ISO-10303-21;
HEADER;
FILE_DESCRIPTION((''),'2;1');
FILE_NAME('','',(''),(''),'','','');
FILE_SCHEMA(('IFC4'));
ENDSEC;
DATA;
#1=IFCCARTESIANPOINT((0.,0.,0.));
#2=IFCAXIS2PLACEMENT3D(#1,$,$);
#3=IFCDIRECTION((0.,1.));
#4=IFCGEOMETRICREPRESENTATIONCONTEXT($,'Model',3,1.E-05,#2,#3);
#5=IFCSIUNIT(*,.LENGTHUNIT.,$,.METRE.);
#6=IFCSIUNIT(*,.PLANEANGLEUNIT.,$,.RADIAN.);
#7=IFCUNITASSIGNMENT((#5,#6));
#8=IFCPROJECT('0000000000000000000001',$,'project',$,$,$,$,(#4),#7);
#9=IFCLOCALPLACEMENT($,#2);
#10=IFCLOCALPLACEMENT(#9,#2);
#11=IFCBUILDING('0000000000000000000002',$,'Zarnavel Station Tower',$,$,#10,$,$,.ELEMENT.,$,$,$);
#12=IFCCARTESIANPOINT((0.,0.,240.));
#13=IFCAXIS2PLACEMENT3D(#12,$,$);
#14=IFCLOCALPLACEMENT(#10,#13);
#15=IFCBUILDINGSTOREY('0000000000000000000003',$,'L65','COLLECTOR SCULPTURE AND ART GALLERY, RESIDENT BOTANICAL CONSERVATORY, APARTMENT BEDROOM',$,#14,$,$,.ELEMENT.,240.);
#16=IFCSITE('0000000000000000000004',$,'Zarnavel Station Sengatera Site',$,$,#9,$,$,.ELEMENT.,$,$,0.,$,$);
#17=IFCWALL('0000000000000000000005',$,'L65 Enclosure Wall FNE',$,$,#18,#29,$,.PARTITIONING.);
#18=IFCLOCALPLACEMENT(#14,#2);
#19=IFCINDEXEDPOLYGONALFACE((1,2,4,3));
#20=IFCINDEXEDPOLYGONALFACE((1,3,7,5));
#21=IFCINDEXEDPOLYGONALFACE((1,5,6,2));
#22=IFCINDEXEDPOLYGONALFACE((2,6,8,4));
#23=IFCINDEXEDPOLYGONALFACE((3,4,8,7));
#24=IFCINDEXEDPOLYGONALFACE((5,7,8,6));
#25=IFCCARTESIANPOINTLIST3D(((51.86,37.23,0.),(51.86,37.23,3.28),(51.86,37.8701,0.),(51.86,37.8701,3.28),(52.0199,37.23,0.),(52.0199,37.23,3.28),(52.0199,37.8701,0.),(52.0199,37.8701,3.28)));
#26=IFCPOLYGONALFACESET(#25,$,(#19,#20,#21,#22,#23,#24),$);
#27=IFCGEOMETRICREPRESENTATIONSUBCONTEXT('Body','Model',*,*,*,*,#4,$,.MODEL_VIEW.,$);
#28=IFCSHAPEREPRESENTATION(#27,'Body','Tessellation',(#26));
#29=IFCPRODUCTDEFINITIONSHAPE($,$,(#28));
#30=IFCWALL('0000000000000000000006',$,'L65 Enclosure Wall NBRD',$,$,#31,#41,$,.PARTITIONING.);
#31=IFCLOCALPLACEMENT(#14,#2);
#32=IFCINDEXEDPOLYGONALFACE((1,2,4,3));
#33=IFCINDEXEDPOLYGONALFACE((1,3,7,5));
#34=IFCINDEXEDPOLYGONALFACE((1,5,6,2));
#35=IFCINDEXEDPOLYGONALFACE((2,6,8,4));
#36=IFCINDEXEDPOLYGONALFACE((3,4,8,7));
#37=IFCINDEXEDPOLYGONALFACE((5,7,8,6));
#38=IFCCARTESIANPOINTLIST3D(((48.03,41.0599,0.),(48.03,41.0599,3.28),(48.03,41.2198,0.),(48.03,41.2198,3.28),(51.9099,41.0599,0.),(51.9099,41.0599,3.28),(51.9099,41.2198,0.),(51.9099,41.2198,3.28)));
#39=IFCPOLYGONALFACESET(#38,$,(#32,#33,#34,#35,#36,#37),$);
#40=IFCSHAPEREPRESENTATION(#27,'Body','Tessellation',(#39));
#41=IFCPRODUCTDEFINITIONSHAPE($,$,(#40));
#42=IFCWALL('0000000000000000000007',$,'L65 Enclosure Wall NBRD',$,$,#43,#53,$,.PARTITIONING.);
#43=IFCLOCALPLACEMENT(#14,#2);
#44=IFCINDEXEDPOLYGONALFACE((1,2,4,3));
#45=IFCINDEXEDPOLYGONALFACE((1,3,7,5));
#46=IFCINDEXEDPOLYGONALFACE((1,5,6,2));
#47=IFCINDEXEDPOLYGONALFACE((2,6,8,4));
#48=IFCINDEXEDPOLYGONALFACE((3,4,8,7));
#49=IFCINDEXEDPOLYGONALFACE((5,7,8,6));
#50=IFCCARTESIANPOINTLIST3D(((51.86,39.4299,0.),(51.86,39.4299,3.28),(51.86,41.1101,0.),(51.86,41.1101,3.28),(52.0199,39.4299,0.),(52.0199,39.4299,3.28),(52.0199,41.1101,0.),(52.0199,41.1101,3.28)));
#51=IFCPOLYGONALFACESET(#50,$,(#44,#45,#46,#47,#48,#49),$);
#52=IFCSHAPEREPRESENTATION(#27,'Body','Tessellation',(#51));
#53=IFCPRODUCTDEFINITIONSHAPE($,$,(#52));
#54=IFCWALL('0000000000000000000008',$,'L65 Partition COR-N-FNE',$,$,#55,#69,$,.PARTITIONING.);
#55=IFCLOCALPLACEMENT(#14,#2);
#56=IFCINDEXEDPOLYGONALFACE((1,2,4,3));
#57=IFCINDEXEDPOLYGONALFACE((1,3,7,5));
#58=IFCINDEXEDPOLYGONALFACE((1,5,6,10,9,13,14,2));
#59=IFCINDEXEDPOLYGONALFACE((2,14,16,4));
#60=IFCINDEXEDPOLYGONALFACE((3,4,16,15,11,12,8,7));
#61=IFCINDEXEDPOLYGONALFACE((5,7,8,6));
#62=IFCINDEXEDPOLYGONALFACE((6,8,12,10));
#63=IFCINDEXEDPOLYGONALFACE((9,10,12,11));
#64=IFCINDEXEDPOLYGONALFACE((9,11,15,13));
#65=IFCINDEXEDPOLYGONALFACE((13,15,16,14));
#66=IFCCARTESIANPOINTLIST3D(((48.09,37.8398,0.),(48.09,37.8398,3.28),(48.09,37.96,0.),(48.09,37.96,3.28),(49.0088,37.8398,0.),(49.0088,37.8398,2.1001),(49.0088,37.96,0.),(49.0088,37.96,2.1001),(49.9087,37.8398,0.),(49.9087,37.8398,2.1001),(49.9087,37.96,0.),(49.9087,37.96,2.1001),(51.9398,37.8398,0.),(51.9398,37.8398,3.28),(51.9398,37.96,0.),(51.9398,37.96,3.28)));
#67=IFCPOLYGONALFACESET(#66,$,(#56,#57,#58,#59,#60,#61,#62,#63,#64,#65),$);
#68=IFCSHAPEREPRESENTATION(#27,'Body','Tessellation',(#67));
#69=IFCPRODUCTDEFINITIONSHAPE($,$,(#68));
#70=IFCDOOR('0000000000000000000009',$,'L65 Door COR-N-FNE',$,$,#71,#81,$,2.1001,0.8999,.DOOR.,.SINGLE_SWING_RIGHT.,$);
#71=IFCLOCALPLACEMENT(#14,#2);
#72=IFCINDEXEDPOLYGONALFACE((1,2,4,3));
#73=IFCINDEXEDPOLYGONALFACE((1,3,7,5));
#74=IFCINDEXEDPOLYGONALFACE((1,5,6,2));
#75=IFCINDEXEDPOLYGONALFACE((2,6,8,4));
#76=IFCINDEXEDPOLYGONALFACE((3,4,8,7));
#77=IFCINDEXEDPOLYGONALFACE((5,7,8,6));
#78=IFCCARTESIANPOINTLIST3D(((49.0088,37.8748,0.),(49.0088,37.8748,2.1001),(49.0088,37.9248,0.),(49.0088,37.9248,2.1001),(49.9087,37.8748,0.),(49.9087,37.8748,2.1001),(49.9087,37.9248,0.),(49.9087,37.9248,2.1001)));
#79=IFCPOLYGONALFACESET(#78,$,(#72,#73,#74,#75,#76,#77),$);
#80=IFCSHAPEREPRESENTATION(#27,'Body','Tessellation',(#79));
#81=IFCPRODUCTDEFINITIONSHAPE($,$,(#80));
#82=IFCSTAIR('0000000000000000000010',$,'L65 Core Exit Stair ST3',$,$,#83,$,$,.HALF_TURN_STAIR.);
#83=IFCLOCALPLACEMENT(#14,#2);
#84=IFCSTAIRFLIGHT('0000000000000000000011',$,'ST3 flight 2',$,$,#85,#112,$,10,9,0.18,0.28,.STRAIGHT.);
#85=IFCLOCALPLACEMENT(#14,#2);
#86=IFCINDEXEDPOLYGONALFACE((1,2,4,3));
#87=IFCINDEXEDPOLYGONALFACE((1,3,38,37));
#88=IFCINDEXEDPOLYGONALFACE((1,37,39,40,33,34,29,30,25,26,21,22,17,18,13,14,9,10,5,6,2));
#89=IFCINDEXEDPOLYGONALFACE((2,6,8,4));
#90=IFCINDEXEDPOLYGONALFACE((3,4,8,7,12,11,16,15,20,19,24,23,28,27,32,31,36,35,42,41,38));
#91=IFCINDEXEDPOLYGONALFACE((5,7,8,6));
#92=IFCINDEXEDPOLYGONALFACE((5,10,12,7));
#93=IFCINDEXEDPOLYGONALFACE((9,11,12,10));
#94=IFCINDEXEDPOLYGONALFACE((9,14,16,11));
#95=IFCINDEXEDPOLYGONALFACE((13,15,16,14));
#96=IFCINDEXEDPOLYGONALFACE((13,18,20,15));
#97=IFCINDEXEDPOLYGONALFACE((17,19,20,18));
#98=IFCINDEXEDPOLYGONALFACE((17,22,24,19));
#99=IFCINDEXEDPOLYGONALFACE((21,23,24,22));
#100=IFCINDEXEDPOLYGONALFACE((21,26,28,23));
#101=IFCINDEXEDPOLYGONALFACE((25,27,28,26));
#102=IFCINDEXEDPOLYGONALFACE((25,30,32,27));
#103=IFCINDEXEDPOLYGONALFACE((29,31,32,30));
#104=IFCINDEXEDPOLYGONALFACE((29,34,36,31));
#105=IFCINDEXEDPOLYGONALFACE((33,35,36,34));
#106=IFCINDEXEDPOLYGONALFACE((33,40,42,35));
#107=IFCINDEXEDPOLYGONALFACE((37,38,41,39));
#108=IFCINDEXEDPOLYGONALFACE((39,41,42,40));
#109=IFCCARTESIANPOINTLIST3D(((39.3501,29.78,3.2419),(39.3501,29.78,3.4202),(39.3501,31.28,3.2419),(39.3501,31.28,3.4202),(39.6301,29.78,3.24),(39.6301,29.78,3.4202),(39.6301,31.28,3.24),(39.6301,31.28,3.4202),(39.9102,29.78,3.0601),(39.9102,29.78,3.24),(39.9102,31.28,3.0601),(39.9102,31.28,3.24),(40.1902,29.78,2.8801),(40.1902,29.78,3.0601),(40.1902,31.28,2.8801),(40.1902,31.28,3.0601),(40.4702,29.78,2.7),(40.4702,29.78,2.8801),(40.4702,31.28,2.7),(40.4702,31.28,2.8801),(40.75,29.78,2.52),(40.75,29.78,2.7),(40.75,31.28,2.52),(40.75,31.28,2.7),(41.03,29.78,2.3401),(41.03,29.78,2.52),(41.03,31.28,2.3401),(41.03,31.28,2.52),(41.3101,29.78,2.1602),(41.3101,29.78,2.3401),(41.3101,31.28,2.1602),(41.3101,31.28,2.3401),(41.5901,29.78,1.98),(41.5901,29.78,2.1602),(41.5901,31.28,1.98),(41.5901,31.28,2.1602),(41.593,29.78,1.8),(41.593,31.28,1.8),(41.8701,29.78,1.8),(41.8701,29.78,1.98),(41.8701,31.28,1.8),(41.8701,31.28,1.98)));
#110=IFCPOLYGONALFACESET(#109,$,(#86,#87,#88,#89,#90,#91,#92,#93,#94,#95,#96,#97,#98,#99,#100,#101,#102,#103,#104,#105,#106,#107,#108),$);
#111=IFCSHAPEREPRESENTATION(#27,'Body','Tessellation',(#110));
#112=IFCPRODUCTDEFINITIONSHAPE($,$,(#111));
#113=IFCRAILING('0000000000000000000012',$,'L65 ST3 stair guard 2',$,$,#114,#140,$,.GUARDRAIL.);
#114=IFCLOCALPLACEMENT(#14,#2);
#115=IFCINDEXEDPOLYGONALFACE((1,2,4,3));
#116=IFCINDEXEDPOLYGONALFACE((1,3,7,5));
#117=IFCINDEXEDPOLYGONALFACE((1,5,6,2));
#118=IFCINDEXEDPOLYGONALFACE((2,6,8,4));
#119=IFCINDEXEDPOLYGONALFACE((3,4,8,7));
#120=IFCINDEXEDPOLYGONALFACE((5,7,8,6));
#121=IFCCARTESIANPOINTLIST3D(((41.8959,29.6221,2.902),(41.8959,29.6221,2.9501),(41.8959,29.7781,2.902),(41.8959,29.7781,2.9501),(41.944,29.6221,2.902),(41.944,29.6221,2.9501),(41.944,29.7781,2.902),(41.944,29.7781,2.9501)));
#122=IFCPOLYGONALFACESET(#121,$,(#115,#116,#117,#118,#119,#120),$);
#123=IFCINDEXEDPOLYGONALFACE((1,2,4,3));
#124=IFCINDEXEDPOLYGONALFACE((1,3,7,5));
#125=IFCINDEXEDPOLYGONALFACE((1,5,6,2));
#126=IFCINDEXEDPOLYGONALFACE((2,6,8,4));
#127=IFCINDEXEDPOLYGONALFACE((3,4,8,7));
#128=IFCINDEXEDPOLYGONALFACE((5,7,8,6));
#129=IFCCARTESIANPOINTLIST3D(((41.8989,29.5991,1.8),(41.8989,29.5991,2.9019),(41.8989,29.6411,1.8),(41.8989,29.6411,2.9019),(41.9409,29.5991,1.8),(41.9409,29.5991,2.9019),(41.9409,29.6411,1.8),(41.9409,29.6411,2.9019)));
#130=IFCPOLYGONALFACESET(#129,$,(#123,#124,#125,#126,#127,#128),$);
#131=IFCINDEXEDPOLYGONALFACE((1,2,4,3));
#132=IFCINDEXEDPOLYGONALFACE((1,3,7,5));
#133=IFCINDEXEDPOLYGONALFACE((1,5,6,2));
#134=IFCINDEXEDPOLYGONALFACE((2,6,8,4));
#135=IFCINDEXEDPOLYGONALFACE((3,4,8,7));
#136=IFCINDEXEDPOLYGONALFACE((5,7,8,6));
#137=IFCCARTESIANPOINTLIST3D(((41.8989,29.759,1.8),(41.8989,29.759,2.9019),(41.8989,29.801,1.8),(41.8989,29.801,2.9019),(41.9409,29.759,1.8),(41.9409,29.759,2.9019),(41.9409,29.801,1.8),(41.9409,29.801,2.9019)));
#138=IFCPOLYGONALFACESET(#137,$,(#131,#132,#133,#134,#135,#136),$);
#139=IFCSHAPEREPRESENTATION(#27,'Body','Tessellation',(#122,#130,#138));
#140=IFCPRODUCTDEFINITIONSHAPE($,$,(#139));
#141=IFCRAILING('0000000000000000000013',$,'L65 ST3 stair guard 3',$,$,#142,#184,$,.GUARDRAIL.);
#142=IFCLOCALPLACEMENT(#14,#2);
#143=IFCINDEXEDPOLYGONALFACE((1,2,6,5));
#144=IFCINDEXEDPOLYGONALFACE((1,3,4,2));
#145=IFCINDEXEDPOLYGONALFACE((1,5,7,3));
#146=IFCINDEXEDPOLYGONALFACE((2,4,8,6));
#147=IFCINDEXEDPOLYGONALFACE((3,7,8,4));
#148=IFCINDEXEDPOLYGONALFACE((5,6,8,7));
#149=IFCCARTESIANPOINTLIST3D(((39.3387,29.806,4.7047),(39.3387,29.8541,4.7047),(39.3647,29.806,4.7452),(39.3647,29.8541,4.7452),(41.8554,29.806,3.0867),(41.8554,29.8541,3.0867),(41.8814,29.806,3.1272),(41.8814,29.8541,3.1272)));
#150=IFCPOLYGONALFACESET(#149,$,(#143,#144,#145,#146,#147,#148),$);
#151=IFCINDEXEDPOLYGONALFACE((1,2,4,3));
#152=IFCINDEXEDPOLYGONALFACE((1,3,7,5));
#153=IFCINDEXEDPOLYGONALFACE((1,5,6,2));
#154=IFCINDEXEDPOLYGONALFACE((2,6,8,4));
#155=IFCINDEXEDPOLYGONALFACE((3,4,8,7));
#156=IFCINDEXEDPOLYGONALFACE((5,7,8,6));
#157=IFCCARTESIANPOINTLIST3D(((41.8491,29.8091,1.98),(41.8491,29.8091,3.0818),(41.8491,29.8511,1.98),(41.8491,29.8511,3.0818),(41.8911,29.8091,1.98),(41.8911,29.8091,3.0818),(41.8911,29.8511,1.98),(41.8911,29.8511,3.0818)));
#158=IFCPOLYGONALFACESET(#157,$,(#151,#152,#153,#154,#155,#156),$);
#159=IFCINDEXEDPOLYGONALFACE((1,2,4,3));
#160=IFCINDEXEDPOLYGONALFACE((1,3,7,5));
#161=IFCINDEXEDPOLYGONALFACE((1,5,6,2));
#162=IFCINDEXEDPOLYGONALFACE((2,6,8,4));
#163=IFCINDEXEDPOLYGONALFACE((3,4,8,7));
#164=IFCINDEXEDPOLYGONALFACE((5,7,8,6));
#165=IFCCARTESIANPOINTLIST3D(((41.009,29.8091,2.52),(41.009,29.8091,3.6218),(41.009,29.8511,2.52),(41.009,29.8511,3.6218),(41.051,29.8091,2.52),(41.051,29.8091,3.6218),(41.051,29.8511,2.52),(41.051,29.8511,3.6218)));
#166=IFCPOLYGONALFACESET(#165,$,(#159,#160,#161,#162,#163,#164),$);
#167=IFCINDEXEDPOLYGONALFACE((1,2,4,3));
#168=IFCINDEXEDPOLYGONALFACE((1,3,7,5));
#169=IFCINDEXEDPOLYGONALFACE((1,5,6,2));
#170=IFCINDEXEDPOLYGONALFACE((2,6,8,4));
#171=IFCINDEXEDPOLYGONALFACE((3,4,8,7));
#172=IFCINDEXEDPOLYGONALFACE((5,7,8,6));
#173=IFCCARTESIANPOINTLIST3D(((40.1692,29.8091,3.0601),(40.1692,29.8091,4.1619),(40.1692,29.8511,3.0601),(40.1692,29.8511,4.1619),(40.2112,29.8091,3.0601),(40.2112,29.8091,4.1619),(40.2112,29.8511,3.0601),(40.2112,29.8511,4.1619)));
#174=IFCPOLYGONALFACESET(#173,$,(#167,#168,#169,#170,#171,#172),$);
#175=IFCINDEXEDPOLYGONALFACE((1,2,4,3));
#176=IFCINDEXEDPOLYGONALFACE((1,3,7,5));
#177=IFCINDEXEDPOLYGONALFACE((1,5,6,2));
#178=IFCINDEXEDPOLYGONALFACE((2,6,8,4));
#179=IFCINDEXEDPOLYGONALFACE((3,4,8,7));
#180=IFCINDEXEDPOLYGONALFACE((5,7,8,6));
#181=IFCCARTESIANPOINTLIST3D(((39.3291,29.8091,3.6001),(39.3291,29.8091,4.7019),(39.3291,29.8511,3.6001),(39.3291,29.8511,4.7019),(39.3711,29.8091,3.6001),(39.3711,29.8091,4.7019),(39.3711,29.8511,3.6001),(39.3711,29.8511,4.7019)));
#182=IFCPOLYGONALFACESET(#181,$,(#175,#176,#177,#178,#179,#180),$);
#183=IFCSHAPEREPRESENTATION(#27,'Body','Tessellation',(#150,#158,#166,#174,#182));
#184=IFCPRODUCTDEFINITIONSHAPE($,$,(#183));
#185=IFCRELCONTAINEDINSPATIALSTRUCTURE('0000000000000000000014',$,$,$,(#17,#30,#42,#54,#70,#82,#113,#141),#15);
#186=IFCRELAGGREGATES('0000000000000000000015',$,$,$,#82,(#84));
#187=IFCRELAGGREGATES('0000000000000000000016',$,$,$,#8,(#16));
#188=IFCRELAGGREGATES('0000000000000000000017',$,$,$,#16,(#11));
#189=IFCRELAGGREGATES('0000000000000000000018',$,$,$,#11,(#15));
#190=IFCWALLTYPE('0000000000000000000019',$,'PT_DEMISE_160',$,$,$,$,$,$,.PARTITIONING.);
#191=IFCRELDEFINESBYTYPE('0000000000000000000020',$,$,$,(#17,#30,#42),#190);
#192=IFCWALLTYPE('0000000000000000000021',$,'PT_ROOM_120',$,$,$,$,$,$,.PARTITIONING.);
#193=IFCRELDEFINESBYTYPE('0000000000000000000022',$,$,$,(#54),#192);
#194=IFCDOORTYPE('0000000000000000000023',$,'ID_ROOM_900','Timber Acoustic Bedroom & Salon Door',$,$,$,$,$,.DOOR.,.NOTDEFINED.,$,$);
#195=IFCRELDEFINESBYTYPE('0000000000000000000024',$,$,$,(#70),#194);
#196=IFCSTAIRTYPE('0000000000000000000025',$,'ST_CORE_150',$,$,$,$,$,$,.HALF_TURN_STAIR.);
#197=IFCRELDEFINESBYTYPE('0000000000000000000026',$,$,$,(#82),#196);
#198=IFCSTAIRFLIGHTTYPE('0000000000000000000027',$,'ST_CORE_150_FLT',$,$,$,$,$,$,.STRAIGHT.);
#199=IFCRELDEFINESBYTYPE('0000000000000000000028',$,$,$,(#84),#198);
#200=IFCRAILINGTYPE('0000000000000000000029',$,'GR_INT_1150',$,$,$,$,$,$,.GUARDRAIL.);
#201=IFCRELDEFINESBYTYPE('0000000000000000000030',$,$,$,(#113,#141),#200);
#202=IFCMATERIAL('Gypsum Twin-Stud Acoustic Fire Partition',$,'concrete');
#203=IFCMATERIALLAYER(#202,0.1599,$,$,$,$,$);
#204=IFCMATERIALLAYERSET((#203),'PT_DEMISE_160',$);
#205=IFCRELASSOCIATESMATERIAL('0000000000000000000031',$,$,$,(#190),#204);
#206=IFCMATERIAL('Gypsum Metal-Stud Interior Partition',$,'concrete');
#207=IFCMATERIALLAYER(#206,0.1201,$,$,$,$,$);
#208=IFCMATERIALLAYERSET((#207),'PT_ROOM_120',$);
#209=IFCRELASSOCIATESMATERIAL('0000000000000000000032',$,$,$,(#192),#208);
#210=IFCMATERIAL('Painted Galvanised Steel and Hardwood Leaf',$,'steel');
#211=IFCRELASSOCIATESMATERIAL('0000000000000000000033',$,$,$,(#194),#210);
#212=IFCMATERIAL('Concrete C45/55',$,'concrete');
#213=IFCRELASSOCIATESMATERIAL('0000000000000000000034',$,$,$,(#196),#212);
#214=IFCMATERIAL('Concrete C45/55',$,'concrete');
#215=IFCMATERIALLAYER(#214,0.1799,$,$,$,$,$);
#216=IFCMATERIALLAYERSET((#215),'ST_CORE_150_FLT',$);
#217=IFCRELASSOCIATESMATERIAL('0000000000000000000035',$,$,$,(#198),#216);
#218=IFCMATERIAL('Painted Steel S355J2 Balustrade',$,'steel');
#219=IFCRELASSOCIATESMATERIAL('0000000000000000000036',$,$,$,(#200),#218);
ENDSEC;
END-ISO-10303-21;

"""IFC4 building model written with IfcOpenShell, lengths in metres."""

from ifc_helpers import new_model, si_unit, direction, frame, frame_2d, origin, origin_2d, place, context, subcontext, project, spatial, polyline, rectangle, outline, extrude, material, layer, layer_set, type_object, element, fill, aggregate, save


model = new_model("IFC4")

# Units and contexts
model_context = context("Model", 3, precision=1e-05, world=origin(), true_north=direction((0.0, 1.0)))
body_context = subcontext(model_context, "Body", "Model", "MODEL_VIEW")
ifc_project = project(units=[si_unit("LENGTHUNIT", "METRE"), si_unit("PLANEANGLEUNIT", "RADIAN")], contexts=[model_context])

# Site, building, storey
site_placement = place(None, origin())
site = spatial("IfcSite", under=ifc_project, at=site_placement, Name="Zarnavel Station Sengatera Site", CompositionType="ELEMENT", RefElevation=0.0)
building_placement = place(site_placement, origin())
building = spatial("IfcBuilding", under=site, at=building_placement, Name="Zarnavel Station Tower", CompositionType="ELEMENT")
storey_placement = place(building_placement, frame((0.0, 0.0, 240.0)))
storey = spatial("IfcBuildingStorey", under=building, at=storey_placement, Name="L65", Description="COLLECTOR SCULPTURE AND ART GALLERY, RESIDENT BOTANICAL CONSERVATORY, APARTMENT BEDROOM", CompositionType="ELEMENT", Elevation=240.0)

# Walls
ifc_material_1 = material(Name="Gypsum Twin-Stud Acoustic Fire Partition", Category="concrete")
ifc_layer_1 = layer(ifc_material_1, 0.1599)
ifc_layer_set_1 = layer_set([ifc_layer_1], Name="PT_DEMISE_160")
wall_type_1 = type_object("IfcWallType", Name="PT_DEMISE_160", PredefinedType="PARTITIONING", material=ifc_layer_set_1)
wall_1_placement = place(storey_placement, frame((51.9399, 37.23, 0.0), z_axis=(0.0, 0.0, 1.0), x_axis=(0.0, 1.0, 0.0)))
element("IfcWall", 1, at=wall_1_placement, inside=storey, type_object=wall_type_1, Name="L65 Enclosure Wall FNE", PredefinedType="PARTITIONING", context=body_context, shape_type="SweptSolid", body=[
    extrude(rectangle(XDim=0.6401, YDim=0.1599, at=frame_2d((0.3201, 0.0))), origin(), (0.0, 0.0, 1.0), 3.28),
])
wall_2_placement = place(storey_placement, frame((48.03, 41.1399, 0.0), z_axis=(0.0, 0.0, 1.0), x_axis=(1.0, 0.0, 0.0)))
element("IfcWall", 2, at=wall_2_placement, inside=storey, type_object=wall_type_1, Name="L65 Enclosure Wall NBRD", PredefinedType="PARTITIONING", context=body_context, shape_type="SweptSolid", body=[
    extrude(rectangle(XDim=3.8799, YDim=0.1599, at=frame_2d((1.9399, 0.0))), origin(), (0.0, 0.0, 1.0), 3.28),
])
wall_3_placement = place(storey_placement, frame((51.9399, 39.4299, 0.0), z_axis=(0.0, 0.0, 1.0), x_axis=(0.0, 1.0, 0.0)))
element("IfcWall", 3, at=wall_3_placement, inside=storey, type_object=wall_type_1, Name="L65 Enclosure Wall NBRD", PredefinedType="PARTITIONING", context=body_context, shape_type="SweptSolid", body=[
    extrude(rectangle(XDim=1.6802, YDim=0.1599, at=frame_2d((0.8401, 0.0))), origin(), (0.0, 0.0, 1.0), 3.28),
])

# Wall, opening, door
ifc_material_2 = material(Name="Gypsum Metal-Stud Interior Partition", Category="concrete")
ifc_layer_2 = layer(ifc_material_2, 0.1201)
ifc_layer_set_2 = layer_set([ifc_layer_2], Name="PT_ROOM_120")
wall_type_2 = type_object("IfcWallType", Name="PT_ROOM_120", PredefinedType="PARTITIONING", material=ifc_layer_set_2)
wall_4_placement = place(storey_placement, frame((48.0901, 37.8999, 0.0), z_axis=(0.0, 0.0, 1.0), x_axis=(1.0, 0.0, 0.0)))
wall_4 = element("IfcWall", 4, at=wall_4_placement, inside=storey, type_object=wall_type_2, Name="L65 Partition COR-N-FNE", PredefinedType="PARTITIONING", context=body_context, shape_type="SweptSolid", body=[
    extrude(rectangle(XDim=3.8499, YDim=0.1201, at=frame_2d((1.9248, 0.0))), origin(), (0.0, 0.0, 1.0), 3.28),
])
opening_1_placement = place(wall_4_placement, frame((0.9187, 0.0, 0.0)))
opening_1 = element("IfcOpeningElement", 5, at=opening_1_placement, cuts=wall_4, PredefinedType="OPENING", context=body_context, shape_type="SweptSolid", body=[
    extrude(rectangle(XDim=0.8999, YDim=2.1001, at=frame_2d((0.45, 1.05))), frame((0.0, 0.0701, 0.0), z_axis=(0.0, -1.0, 0.0), x_axis=(1.0, 0.0, 0.0)), (0.0, 0.0, 1.0), 0.1401),
])
ifc_material_3 = material(Name="Painted Galvanised Steel and Hardwood Leaf", Category="steel")
door_type_1 = type_object("IfcDoorType", Name="ID_ROOM_900", Description="Timber Acoustic Bedroom & Salon Door", OperationType="NOTDEFINED", PredefinedType="DOOR", material=ifc_material_3)
door_1_placement = place(opening_1_placement, origin())
door_1 = element("IfcDoor", 6, at=door_1_placement, inside=storey, type_object=door_type_1, Name="L65 Door COR-N-FNE", OperationType="SINGLE_SWING_RIGHT", OverallHeight=2.1001, OverallWidth=0.8999, PredefinedType="DOOR", context=body_context, shape_type="SweptSolid", body=[
    extrude(rectangle(XDim=0.8999, YDim=2.1001, at=frame_2d((0.45, 1.05))), frame((0.0, 0.0249, 0.0), z_axis=(0.0, -1.0, 0.0), x_axis=(1.0, 0.0, 0.0)), (0.0, 0.0, 1.0), 0.05),
])
fill(opening_1, door_1)

# Stair, stair flight
ifc_material_4 = material(Name="Concrete C45/55", Category="concrete")
stair_type = type_object("IfcStairType", Name="ST_CORE_150", PredefinedType="HALF_TURN_STAIR", material=ifc_material_4)
stair_placement = place(storey_placement, origin())
stair = element("IfcStair", 7, at=stair_placement, inside=storey, type_object=stair_type, Name="L65 Core Exit Stair ST3", PredefinedType="HALF_TURN_STAIR")
ifc_material_5 = material(Name="Concrete C45/55", Category="concrete")
ifc_layer_3 = layer(ifc_material_5, 0.1799)
ifc_layer_set_3 = layer_set([ifc_layer_3], Name="ST_CORE_150_FLT")
stair_flight_type = type_object("IfcStairFlightType", Name="ST_CORE_150_FLT", PredefinedType="STRAIGHT", material=ifc_layer_set_3)
stair_flight_placement = place(storey_placement, frame((41.8701, 30.53, 1.8), z_axis=(0.0, 0.0, 1.0), x_axis=(-1.0, 0.0, 0.0)))
stair_flight = element("IfcStairFlight", 8, at=stair_flight_placement, type_object=stair_flight_type, Name="ST3 flight 2", NumberOfRisers=10, NumberOfTreads=9, PredefinedType="STRAIGHT", RiserHeight=0.18, TreadLength=0.28, context=body_context, shape_type="SweptSolid", body=[
    extrude(outline(polyline([(0.0, 0.0), (0.0, 0.1799), (0.28, 0.1799), (0.28, 0.3601), (0.5601, 0.3601), (0.5601, 0.54), (0.8401, 0.54), (0.8401, 0.72), (1.1201, 0.72), (1.1201, 0.8999), (1.3999, 0.8999), (1.3999, 1.0801), (1.6799, 1.0801), (1.6799, 1.26), (1.96, 1.26), (1.96, 1.4399), (2.24, 1.4399), (2.24, 1.6201), (2.52, 1.6201), (2.52, 1.8), (2.52, 1.4419), (0.2771, 0.0), (0.0, 0.0)])), frame((0.0, 0.75, 0.0), z_axis=(0.0, -1.0, 0.0), x_axis=(1.0, 0.0, 0.0)), (0.0, 0.0, 1.0), 1.5),
])
aggregate(stair, [stair_flight])

# Railings
ifc_material_6 = material(Name="Painted Steel S355J2 Balustrade", Category="steel")
railing_type_1 = type_object("IfcRailingType", Name="GR_INT_1150", PredefinedType="GUARDRAIL", material=ifc_material_6)
railing_1_placement = place(storey_placement, frame((41.9199, 29.6201, 1.8)))
element("IfcRailing", 9, at=railing_1_placement, inside=storey, type_object=railing_type_1, Name="L65 ST3 stair guard 2", PredefinedType="GUARDRAIL", context=body_context, shape_type="SweptSolid", body=[
    extrude(rectangle(XDim=0.0481, YDim=0.0481, at=origin_2d()), frame((0.0, 0.002, 1.126), z_axis=(0.0, 1.0, 0.0), x_axis=(-1.0, 0.0, 0.0)), (0.0, 0.0, 1.0), 0.156),
    extrude(rectangle(XDim=0.042, YDim=0.042, at=origin_2d()), origin(), (0.0, 0.0, 1.0), 1.1018),
    extrude(rectangle(XDim=0.042, YDim=0.042, at=origin_2d()), frame((0.0, 0.1599, 0.0)), (0.0, 0.0, 1.0), 1.1018),
])
railing_2_placement = place(storey_placement, frame((41.8701, 29.8301, 1.98)))
element("IfcRailing", 10, at=railing_2_placement, inside=storey, type_object=railing_type_1, Name="L65 ST3 stair guard 3", PredefinedType="GUARDRAIL", context=body_context, shape_type="SweptSolid", body=[
    extrude(rectangle(XDim=0.0481, YDim=0.0481, at=origin_2d()), frame((-0.0017, 0.0, 1.127), z_axis=(-0.841163, 0.0, 0.540782), x_axis=(0.0, -1.0, 0.0)), (0.0, 0.0, 1.0), 2.9919),
    extrude(rectangle(XDim=0.042, YDim=0.042, at=origin_2d()), origin(), (0.0, 0.0, 1.0), 1.1018),
    extrude(rectangle(XDim=0.042, YDim=0.042, at=origin_2d()), frame((-0.8401, 0.0, 0.54)), (0.0, 0.0, 1.0), 1.1018),
    extrude(rectangle(XDim=0.042, YDim=0.042, at=origin_2d()), frame((-1.6799, 0.0, 1.0801)), (0.0, 0.0, 1.0), 1.1018),
    extrude(rectangle(XDim=0.042, YDim=0.042, at=origin_2d()), frame((-2.52, 0.0, 1.6201)), (0.0, 0.0, 1.0), 1.1018),
])

save(model, "model.ifc")
